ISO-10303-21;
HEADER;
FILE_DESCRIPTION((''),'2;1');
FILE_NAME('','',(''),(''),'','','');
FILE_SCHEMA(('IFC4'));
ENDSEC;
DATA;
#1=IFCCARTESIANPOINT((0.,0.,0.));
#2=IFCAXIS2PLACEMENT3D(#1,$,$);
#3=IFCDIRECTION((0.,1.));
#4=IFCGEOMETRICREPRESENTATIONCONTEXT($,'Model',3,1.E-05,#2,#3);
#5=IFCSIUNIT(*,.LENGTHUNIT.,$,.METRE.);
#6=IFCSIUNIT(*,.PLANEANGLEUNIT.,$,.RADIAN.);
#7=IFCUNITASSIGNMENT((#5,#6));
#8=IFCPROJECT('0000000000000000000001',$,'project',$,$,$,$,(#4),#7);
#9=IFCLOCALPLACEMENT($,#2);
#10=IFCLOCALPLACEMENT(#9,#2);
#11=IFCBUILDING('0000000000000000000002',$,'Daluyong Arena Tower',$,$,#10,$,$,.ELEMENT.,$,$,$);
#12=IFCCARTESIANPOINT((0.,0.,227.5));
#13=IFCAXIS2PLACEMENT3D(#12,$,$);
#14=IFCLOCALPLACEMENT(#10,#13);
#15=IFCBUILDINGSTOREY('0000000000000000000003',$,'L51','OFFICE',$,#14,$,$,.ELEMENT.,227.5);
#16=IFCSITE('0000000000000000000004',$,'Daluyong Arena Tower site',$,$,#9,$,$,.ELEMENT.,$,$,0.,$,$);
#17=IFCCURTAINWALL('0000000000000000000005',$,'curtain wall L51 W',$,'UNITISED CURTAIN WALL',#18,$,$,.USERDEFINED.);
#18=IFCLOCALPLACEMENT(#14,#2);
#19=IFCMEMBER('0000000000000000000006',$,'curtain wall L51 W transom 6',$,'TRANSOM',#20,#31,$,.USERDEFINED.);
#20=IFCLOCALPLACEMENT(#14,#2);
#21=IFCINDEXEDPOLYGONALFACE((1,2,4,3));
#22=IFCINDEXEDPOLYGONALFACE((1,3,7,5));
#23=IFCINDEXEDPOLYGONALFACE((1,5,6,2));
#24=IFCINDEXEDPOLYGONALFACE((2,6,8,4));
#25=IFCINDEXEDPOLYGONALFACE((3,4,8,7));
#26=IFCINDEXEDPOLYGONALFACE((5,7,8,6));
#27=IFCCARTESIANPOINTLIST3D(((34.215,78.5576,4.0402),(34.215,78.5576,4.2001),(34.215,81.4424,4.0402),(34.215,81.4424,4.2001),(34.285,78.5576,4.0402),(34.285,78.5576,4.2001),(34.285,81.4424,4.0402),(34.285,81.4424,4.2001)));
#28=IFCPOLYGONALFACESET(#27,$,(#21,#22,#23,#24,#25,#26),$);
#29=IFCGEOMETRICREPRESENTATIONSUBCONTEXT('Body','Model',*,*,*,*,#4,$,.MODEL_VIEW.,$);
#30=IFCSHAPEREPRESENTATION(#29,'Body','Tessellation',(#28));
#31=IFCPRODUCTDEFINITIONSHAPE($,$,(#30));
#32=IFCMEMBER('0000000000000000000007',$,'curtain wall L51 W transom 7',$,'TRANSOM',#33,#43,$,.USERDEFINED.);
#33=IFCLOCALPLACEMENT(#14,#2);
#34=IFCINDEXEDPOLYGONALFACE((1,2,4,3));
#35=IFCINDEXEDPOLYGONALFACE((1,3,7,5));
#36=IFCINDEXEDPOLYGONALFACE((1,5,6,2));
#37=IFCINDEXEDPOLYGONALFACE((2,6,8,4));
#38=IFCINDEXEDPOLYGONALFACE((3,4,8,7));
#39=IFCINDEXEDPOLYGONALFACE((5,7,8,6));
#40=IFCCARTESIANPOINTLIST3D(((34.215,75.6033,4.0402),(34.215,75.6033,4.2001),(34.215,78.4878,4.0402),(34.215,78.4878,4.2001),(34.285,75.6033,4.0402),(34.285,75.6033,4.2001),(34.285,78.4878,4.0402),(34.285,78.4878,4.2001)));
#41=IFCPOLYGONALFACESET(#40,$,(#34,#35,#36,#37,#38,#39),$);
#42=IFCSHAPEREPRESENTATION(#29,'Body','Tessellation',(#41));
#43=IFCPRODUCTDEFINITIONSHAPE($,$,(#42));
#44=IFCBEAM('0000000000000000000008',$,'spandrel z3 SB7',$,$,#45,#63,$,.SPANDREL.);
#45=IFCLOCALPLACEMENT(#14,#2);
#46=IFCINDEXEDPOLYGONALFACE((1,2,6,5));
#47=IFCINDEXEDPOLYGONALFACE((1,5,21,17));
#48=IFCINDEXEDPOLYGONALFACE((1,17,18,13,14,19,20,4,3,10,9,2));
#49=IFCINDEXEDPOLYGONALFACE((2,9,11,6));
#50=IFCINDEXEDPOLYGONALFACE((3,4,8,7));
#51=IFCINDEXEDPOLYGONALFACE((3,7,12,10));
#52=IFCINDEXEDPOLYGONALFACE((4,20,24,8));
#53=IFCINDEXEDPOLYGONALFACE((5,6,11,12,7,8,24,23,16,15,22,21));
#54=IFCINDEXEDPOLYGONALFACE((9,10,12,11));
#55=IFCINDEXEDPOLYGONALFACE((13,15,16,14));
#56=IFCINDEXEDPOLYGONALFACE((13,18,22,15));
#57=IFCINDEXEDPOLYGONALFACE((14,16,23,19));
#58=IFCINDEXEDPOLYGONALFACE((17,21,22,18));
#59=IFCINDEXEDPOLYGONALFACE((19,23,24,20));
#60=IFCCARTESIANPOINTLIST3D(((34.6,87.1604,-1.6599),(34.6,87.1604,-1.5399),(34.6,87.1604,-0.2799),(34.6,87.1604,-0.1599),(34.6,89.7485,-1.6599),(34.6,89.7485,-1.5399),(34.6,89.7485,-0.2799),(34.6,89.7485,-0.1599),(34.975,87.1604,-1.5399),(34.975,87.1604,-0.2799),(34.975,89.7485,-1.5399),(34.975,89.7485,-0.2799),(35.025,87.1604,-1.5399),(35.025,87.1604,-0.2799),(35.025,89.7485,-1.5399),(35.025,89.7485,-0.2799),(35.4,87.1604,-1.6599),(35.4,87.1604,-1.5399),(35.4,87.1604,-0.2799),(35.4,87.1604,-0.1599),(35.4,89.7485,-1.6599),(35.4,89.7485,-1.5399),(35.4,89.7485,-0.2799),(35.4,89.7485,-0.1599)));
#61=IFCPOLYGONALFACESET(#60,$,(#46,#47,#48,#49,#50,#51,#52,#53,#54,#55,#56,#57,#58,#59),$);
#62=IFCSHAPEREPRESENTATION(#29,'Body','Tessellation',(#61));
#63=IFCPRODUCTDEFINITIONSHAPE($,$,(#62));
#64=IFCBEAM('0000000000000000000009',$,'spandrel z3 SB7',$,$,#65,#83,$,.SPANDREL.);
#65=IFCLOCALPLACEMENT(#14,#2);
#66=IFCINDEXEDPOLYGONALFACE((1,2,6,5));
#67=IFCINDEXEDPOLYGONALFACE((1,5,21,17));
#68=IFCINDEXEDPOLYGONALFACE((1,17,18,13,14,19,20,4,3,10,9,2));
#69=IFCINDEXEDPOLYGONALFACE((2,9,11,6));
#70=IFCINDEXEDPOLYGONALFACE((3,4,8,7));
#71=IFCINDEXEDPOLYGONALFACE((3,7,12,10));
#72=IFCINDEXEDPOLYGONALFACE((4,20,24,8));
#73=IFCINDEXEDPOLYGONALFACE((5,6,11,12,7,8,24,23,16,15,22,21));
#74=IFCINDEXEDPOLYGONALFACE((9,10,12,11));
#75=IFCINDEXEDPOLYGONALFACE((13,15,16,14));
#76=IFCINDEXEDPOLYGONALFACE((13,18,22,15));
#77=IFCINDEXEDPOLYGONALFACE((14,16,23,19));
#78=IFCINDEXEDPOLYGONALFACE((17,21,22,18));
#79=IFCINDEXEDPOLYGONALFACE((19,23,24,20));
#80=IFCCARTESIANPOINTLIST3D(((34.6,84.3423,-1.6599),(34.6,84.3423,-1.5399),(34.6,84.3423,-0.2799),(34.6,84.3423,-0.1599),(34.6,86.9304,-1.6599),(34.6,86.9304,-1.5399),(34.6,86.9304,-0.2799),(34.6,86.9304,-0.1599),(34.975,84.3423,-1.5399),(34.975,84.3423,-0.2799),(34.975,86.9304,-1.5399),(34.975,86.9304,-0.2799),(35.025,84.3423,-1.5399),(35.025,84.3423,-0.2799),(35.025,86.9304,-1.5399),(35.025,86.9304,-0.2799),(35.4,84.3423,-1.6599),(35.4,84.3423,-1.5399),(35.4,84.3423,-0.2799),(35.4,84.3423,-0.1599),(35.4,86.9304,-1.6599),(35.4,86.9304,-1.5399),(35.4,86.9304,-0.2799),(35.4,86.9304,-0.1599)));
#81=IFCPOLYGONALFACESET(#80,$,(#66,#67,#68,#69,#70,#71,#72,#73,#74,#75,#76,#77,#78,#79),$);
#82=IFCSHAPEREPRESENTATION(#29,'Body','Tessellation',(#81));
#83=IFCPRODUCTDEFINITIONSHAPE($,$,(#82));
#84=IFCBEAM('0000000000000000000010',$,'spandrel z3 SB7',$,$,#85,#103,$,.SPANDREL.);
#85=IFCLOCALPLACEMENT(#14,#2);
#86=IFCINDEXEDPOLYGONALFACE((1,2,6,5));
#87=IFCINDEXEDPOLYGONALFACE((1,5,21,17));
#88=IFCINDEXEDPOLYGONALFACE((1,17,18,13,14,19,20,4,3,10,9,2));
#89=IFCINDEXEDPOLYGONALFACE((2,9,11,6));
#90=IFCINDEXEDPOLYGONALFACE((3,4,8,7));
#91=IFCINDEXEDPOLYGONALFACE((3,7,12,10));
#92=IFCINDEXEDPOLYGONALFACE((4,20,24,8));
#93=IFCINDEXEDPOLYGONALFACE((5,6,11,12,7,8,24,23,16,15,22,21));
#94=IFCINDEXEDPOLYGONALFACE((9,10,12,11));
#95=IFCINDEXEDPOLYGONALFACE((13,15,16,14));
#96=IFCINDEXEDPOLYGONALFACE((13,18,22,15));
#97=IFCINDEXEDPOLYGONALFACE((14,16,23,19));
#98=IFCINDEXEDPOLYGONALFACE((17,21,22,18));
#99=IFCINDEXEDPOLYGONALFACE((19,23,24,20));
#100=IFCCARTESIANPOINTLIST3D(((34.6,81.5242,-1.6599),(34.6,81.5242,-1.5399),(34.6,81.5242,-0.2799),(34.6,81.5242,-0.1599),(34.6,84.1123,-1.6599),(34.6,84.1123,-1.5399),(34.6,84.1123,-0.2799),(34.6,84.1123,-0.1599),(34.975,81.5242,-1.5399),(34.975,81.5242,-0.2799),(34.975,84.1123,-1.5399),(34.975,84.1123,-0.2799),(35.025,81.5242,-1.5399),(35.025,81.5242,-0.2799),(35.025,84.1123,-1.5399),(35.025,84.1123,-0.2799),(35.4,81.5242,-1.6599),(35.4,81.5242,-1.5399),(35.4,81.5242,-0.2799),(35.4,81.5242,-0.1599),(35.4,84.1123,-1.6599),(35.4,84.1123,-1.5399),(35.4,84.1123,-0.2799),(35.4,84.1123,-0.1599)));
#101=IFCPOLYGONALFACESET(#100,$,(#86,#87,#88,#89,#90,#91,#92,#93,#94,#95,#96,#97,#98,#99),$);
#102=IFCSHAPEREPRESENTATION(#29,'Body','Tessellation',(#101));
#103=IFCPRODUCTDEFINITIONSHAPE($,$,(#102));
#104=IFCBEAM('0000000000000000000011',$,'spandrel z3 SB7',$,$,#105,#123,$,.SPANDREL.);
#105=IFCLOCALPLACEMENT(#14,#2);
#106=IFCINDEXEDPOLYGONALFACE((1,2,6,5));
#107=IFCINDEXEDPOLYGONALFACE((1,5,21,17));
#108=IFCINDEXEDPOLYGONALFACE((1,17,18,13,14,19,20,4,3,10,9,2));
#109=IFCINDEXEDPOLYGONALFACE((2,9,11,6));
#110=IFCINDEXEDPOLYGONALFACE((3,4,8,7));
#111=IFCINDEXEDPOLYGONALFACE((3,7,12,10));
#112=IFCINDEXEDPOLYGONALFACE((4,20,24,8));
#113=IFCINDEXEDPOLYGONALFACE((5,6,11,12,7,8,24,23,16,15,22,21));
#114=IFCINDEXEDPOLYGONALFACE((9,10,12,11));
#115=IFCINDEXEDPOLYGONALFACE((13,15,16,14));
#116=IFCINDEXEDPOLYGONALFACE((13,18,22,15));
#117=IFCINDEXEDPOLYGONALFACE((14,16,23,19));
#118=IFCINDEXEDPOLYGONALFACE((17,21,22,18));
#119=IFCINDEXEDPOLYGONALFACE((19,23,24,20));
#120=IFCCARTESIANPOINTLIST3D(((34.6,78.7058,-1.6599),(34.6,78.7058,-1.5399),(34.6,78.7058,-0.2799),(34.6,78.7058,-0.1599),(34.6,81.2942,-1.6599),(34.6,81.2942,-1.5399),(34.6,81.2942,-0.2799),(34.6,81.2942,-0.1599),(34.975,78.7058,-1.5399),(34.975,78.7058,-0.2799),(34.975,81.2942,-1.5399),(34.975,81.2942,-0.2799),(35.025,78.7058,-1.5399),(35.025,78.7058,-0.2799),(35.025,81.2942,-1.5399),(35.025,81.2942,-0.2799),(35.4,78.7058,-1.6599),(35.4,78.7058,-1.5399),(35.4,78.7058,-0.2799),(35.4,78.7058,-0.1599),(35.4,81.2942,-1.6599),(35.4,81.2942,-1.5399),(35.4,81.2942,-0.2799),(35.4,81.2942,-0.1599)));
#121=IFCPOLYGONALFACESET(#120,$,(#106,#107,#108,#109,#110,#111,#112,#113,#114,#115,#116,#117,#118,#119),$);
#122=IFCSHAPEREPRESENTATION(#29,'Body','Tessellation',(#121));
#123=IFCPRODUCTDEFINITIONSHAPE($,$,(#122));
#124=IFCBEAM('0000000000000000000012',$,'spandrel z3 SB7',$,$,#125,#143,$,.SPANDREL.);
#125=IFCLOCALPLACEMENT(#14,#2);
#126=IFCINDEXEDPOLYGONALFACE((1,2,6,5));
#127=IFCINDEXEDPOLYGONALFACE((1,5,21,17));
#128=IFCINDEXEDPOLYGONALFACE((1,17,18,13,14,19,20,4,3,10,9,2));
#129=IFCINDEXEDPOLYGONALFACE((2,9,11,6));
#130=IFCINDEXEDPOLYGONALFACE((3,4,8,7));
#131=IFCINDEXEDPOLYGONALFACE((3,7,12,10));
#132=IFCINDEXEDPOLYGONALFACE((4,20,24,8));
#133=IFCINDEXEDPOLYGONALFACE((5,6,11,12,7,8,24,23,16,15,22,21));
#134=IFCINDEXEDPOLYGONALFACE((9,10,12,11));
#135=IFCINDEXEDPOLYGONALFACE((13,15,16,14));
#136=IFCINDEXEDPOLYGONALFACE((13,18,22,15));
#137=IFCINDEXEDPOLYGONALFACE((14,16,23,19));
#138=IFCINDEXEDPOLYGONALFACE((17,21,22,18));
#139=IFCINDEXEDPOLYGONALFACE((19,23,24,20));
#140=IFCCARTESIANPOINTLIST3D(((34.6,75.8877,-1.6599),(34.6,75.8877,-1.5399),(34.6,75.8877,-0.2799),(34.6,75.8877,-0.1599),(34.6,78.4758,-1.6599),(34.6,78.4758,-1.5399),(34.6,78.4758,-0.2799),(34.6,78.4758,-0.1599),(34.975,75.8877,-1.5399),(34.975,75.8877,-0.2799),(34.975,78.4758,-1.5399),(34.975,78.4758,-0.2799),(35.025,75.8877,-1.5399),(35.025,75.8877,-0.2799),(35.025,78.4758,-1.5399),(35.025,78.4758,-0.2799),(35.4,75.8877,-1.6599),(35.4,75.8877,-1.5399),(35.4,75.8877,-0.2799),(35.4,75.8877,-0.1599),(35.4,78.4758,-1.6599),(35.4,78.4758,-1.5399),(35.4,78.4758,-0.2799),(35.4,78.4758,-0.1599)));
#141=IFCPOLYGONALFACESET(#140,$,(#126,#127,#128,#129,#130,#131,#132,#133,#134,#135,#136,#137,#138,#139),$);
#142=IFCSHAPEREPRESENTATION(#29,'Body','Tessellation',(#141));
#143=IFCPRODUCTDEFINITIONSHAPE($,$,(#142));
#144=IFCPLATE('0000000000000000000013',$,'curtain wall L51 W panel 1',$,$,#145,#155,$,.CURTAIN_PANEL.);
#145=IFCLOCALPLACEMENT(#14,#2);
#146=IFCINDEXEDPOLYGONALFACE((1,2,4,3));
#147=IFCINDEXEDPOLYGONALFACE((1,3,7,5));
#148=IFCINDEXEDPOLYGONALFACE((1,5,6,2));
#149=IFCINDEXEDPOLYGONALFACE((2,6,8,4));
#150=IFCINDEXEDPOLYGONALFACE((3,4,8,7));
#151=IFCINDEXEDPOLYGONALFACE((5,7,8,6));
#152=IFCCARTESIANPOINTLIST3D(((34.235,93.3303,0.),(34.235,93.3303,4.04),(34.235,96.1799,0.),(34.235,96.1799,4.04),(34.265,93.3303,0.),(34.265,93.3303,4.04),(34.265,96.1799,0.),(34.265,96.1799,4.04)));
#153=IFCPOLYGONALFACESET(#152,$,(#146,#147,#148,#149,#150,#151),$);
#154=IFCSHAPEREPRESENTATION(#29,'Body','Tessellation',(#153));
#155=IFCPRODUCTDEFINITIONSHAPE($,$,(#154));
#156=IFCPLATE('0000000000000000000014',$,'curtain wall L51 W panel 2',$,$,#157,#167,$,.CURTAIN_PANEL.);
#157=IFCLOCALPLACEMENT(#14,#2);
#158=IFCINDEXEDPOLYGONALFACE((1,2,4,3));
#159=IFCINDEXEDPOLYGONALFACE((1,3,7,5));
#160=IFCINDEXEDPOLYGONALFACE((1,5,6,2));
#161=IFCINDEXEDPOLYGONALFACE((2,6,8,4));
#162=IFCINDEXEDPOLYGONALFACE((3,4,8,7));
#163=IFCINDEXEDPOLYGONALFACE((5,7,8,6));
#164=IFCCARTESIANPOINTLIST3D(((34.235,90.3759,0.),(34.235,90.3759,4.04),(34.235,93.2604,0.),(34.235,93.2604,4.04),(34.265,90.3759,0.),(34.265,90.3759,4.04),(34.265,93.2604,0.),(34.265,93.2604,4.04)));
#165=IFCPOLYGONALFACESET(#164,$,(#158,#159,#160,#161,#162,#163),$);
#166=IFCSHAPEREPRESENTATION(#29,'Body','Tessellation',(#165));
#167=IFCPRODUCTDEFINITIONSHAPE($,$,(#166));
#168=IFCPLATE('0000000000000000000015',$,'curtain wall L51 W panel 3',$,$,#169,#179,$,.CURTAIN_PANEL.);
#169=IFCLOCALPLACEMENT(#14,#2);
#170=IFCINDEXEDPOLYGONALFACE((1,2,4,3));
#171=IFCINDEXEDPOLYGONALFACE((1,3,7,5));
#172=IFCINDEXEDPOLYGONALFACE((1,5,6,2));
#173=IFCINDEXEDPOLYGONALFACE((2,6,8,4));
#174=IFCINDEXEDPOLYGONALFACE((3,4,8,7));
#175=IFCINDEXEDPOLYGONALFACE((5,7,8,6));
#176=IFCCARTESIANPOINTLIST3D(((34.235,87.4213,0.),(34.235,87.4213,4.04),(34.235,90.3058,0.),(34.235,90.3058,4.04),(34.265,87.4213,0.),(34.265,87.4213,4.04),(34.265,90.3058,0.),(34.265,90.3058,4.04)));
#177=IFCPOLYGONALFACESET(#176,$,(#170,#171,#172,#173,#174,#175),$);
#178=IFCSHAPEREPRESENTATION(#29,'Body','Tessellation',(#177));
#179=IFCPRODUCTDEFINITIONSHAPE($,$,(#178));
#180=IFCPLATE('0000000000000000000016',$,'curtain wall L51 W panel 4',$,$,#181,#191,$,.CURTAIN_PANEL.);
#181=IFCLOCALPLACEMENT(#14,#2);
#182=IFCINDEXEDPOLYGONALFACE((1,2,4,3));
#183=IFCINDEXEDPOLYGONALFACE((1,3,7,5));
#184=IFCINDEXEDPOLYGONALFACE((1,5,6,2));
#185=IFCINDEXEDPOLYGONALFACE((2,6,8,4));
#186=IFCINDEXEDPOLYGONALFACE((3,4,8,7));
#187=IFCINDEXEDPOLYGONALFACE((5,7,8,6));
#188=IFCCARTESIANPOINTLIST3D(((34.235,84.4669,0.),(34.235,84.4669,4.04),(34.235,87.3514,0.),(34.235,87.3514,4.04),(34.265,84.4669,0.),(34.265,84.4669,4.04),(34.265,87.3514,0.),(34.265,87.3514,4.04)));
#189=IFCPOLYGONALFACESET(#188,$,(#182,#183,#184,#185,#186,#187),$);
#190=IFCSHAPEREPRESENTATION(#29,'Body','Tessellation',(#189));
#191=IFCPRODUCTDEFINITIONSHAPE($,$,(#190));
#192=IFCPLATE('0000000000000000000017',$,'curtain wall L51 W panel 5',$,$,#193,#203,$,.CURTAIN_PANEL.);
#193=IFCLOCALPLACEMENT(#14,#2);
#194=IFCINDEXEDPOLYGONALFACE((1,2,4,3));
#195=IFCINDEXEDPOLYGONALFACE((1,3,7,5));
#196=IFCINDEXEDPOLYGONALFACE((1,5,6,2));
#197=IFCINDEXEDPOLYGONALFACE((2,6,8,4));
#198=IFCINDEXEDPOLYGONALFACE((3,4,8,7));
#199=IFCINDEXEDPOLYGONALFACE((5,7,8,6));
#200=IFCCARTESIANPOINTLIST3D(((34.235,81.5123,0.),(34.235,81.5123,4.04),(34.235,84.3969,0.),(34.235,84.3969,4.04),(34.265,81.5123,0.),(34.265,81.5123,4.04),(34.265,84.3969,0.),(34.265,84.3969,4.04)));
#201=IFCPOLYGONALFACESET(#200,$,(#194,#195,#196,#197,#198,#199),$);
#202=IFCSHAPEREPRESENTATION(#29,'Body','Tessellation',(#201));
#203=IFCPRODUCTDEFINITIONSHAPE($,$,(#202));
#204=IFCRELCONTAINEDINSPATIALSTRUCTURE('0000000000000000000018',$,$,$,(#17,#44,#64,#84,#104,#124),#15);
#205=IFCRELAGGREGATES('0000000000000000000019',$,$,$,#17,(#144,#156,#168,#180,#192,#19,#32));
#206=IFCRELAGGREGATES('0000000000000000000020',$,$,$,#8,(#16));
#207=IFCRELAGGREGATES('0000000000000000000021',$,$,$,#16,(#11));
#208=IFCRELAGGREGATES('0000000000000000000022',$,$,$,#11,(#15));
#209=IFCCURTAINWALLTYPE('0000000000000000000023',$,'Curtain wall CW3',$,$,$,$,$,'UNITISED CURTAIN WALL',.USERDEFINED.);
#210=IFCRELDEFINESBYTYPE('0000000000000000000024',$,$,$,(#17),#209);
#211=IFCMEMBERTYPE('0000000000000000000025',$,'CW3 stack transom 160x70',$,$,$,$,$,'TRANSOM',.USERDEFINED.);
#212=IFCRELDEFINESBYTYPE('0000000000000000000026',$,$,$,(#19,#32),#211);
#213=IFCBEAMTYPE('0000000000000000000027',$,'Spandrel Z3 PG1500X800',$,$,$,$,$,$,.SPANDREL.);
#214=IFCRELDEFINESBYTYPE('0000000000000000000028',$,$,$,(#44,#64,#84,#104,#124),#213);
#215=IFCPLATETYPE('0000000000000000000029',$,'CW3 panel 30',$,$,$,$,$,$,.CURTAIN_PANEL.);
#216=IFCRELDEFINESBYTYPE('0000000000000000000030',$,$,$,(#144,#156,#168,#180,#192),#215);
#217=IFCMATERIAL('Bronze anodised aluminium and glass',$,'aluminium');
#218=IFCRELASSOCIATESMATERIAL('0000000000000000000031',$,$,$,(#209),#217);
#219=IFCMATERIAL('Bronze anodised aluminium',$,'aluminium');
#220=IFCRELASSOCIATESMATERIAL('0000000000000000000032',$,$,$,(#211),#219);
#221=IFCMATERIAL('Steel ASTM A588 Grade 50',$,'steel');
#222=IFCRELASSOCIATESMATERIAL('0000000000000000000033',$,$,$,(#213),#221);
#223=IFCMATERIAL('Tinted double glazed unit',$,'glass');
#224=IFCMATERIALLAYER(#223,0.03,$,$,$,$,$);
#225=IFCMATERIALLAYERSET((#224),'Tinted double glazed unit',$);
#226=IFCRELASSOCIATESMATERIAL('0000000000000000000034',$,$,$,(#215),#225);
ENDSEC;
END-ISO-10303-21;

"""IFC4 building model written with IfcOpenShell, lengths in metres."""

from ifc_helpers import new_model, si_unit, direction, frame, origin, origin_2d, place, context, subcontext, project, spatial, rectangle, i_section, extrude, material, layer, layer_set, material_profile, profile_set, type_object, element, aggregate, save


model = new_model("IFC4")

# Units and contexts
model_context = context("Model", 3, precision=1e-05, world=origin(), true_north=direction((0.0, 1.0)))
body_context = subcontext(model_context, "Body", "Model", "MODEL_VIEW")
ifc_project = project(units=[si_unit("LENGTHUNIT", "METRE"), si_unit("PLANEANGLEUNIT", "RADIAN")], contexts=[model_context])

# Site, building, storey
site_placement = place(None, origin())
site = spatial("IfcSite", under=ifc_project, at=site_placement, Name="Daluyong Arena Tower site", CompositionType="ELEMENT", RefElevation=0.0)
building_placement = place(site_placement, origin())
building = spatial("IfcBuilding", under=site, at=building_placement, Name="Daluyong Arena Tower", CompositionType="ELEMENT")
storey_placement = place(building_placement, frame((0.0, 0.0, 227.5)))
storey = spatial("IfcBuildingStorey", under=building, at=storey_placement, Name="L51", Description="OFFICE", CompositionType="ELEMENT", Elevation=227.5)

# Curtain wall, members
ifc_material_1 = material(Name="Bronze anodised aluminium and glass", Category="aluminium")
curtain_wall_type = type_object("IfcCurtainWallType", Name="Curtain wall CW3", ElementType="UNITISED CURTAIN WALL", PredefinedType="USERDEFINED", material=ifc_material_1)
curtain_wall_placement = place(storey_placement, origin())
curtain_wall = element("IfcCurtainWall", 1, at=curtain_wall_placement, inside=storey, type_object=curtain_wall_type, Name="curtain wall L51 W", ObjectType="UNITISED CURTAIN WALL", PredefinedType="USERDEFINED")
ifc_material_2 = material(Name="Bronze anodised aluminium", Category="aluminium")
ifc_material_profile_1 = material_profile(ifc_material_2, rectangle(XDim=0.0701, YDim=0.1599, at=origin_2d()))
ifc_profile_set_1 = profile_set([ifc_material_profile_1], Name="Bronze anodised aluminium")
member_type_1 = type_object("IfcMemberType", Name="CW3 stack transom 160x70", ElementType="TRANSOM", PredefinedType="USERDEFINED", material=ifc_profile_set_1)
member_1_placement = place(storey_placement, frame((34.25, 81.4424, 4.1201), z_axis=(0.0, -1.0, 0.0), x_axis=(1.0, 0.0, 0.0)))
member_1 = element("IfcMember", 2, at=member_1_placement, type_object=member_type_1, Name="curtain wall L51 W transom 6", ObjectType="TRANSOM", PredefinedType="USERDEFINED", context=body_context, shape_type="SweptSolid", body=[
    extrude(rectangle(XDim=0.0701, YDim=0.1599, at=origin_2d()), origin(), (0.0, 0.0, 1.0), 2.8848),
])
member_2_placement = place(storey_placement, frame((34.25, 78.4878, 4.1201), z_axis=(0.0, -1.0, 0.0), x_axis=(1.0, 0.0, 0.0)))
member_2 = element("IfcMember", 3, at=member_2_placement, type_object=member_type_1, Name="curtain wall L51 W transom 7", ObjectType="TRANSOM", PredefinedType="USERDEFINED", context=body_context, shape_type="SweptSolid", body=[
    extrude(rectangle(XDim=0.0701, YDim=0.1599, at=origin_2d()), origin(), (0.0, 0.0, 1.0), 2.8845),
])

# Beams
ifc_material_3 = material(Name="Steel ASTM A588 Grade 50", Category="steel")
ifc_material_profile_2 = material_profile(ifc_material_3, i_section(OverallWidth=0.8, OverallDepth=1.5, WebThickness=0.05, FlangeThickness=0.12, at=origin_2d()))
ifc_profile_set_2 = profile_set([ifc_material_profile_2], Name="Steel ASTM A588 Grade 50")
beam_type = type_object("IfcBeamType", Name="Spandrel Z3 PG1500X800", PredefinedType="SPANDREL", material=ifc_profile_set_2)
for number, where, z_axis, x_axis, name in (
    (4, (35.0, 89.7485, -0.9099), (0.0, -1.0, 0.0), (1.0, 0.0, 0.0), "spandrel z3 SB7"),
    (5, (35.0, 86.9304, -0.9099), (0.0, -1.0, 0.0), (1.0, 0.0, 0.0), "spandrel z3 SB7"),
    (6, (35.0, 84.1123, -0.9099), (0.0, -1.0, 0.0), (1.0, 0.0, 0.0), "spandrel z3 SB7"),
):
    element("IfcBeam", number, at=place(storey_placement, frame(where, z_axis=z_axis, x_axis=x_axis)), inside=storey, type_object=beam_type, Name=name, PredefinedType="SPANDREL", context=body_context, shape_type="SweptSolid", body=[
        extrude(i_section(OverallWidth=0.8, OverallDepth=1.5, WebThickness=0.05, FlangeThickness=0.12, at=origin_2d()), origin(), (0.0, 0.0, 1.0), 2.5881),
    ])
beam_1_placement = place(storey_placement, frame((35.0, 81.2942, -0.9099), z_axis=(0.0, -1.0, 0.0), x_axis=(1.0, 0.0, 0.0)))
element("IfcBeam", 7, at=beam_1_placement, inside=storey, type_object=beam_type, Name="spandrel z3 SB7", PredefinedType="SPANDREL", context=body_context, shape_type="SweptSolid", body=[
    extrude(i_section(OverallWidth=0.8, OverallDepth=1.5, WebThickness=0.05, FlangeThickness=0.12, at=origin_2d()), origin(), (0.0, 0.0, 1.0), 2.5884),
])
beam_2_placement = place(storey_placement, frame((35.0, 78.4758, -0.9099), z_axis=(0.0, -1.0, 0.0), x_axis=(1.0, 0.0, 0.0)))
element("IfcBeam", 8, at=beam_2_placement, inside=storey, type_object=beam_type, Name="spandrel z3 SB7", PredefinedType="SPANDREL", context=body_context, shape_type="SweptSolid", body=[
    extrude(i_section(OverallWidth=0.8, OverallDepth=1.5, WebThickness=0.05, FlangeThickness=0.12, at=origin_2d()), origin(), (0.0, 0.0, 1.0), 2.5881),
])

# Plates
ifc_material_4 = material(Name="Tinted double glazed unit", Category="glass")
ifc_layer = layer(ifc_material_4, 0.03)
ifc_layer_set = layer_set([ifc_layer], Name="Tinted double glazed unit")
plate_type = type_object("IfcPlateType", Name="CW3 panel 30", PredefinedType="CURTAIN_PANEL", material=ifc_layer_set)
plate_1_placement = place(storey_placement, frame((34.25, 94.7551, 0.0), z_axis=(0.0, 0.0, 1.0), x_axis=(0.0, -1.0, 0.0)))
plate_1 = element("IfcPlate", 9, at=plate_1_placement, type_object=plate_type, Name="curtain wall L51 W panel 1", PredefinedType="CURTAIN_PANEL", context=body_context, shape_type="SweptSolid", body=[
    extrude(rectangle(XDim=2.8496, YDim=0.03, at=origin_2d()), origin(), (0.0, 0.0, 1.0), 4.04),
])
plate_2_placement = place(storey_placement, frame((34.25, 91.8181, 0.0), z_axis=(0.0, 0.0, 1.0), x_axis=(0.0, -1.0, 0.0)))
plate_2 = element("IfcPlate", 10, at=plate_2_placement, type_object=plate_type, Name="curtain wall L51 W panel 2", PredefinedType="CURTAIN_PANEL", context=body_context, shape_type="SweptSolid", body=[
    extrude(rectangle(XDim=2.8845, YDim=0.03, at=origin_2d()), origin(), (0.0, 0.0, 1.0), 4.04),
])
plate_3_placement = place(storey_placement, frame((34.25, 88.8635, 0.0), z_axis=(0.0, 0.0, 1.0), x_axis=(0.0, -1.0, 0.0)))
plate_3 = element("IfcPlate", 11, at=plate_3_placement, type_object=plate_type, Name="curtain wall L51 W panel 3", PredefinedType="CURTAIN_PANEL", context=body_context, shape_type="SweptSolid", body=[
    extrude(rectangle(XDim=2.8845, YDim=0.03, at=origin_2d()), origin(), (0.0, 0.0, 1.0), 4.04),
])
plate_4_placement = place(storey_placement, frame((34.25, 85.9092, 0.0), z_axis=(0.0, 0.0, 1.0), x_axis=(0.0, -1.0, 0.0)))
plate_4 = element("IfcPlate", 12, at=plate_4_placement, type_object=plate_type, Name="curtain wall L51 W panel 4", PredefinedType="CURTAIN_PANEL", context=body_context, shape_type="SweptSolid", body=[
    extrude(rectangle(XDim=2.8845, YDim=0.03, at=origin_2d()), origin(), (0.0, 0.0, 1.0), 4.04),
])
plate_5_placement = place(storey_placement, frame((34.25, 82.9546, 0.0), z_axis=(0.0, 0.0, 1.0), x_axis=(0.0, -1.0, 0.0)))
plate_5 = element("IfcPlate", 13, at=plate_5_placement, type_object=plate_type, Name="curtain wall L51 W panel 5", PredefinedType="CURTAIN_PANEL", context=body_context, shape_type="SweptSolid", body=[
    extrude(rectangle(XDim=2.8845, YDim=0.03, at=origin_2d()), origin(), (0.0, 0.0, 1.0), 4.04),
])
aggregate(curtain_wall, [plate_1, plate_2, plate_3, plate_4, plate_5, member_1, member_2])

save(model, "model.ifc")
